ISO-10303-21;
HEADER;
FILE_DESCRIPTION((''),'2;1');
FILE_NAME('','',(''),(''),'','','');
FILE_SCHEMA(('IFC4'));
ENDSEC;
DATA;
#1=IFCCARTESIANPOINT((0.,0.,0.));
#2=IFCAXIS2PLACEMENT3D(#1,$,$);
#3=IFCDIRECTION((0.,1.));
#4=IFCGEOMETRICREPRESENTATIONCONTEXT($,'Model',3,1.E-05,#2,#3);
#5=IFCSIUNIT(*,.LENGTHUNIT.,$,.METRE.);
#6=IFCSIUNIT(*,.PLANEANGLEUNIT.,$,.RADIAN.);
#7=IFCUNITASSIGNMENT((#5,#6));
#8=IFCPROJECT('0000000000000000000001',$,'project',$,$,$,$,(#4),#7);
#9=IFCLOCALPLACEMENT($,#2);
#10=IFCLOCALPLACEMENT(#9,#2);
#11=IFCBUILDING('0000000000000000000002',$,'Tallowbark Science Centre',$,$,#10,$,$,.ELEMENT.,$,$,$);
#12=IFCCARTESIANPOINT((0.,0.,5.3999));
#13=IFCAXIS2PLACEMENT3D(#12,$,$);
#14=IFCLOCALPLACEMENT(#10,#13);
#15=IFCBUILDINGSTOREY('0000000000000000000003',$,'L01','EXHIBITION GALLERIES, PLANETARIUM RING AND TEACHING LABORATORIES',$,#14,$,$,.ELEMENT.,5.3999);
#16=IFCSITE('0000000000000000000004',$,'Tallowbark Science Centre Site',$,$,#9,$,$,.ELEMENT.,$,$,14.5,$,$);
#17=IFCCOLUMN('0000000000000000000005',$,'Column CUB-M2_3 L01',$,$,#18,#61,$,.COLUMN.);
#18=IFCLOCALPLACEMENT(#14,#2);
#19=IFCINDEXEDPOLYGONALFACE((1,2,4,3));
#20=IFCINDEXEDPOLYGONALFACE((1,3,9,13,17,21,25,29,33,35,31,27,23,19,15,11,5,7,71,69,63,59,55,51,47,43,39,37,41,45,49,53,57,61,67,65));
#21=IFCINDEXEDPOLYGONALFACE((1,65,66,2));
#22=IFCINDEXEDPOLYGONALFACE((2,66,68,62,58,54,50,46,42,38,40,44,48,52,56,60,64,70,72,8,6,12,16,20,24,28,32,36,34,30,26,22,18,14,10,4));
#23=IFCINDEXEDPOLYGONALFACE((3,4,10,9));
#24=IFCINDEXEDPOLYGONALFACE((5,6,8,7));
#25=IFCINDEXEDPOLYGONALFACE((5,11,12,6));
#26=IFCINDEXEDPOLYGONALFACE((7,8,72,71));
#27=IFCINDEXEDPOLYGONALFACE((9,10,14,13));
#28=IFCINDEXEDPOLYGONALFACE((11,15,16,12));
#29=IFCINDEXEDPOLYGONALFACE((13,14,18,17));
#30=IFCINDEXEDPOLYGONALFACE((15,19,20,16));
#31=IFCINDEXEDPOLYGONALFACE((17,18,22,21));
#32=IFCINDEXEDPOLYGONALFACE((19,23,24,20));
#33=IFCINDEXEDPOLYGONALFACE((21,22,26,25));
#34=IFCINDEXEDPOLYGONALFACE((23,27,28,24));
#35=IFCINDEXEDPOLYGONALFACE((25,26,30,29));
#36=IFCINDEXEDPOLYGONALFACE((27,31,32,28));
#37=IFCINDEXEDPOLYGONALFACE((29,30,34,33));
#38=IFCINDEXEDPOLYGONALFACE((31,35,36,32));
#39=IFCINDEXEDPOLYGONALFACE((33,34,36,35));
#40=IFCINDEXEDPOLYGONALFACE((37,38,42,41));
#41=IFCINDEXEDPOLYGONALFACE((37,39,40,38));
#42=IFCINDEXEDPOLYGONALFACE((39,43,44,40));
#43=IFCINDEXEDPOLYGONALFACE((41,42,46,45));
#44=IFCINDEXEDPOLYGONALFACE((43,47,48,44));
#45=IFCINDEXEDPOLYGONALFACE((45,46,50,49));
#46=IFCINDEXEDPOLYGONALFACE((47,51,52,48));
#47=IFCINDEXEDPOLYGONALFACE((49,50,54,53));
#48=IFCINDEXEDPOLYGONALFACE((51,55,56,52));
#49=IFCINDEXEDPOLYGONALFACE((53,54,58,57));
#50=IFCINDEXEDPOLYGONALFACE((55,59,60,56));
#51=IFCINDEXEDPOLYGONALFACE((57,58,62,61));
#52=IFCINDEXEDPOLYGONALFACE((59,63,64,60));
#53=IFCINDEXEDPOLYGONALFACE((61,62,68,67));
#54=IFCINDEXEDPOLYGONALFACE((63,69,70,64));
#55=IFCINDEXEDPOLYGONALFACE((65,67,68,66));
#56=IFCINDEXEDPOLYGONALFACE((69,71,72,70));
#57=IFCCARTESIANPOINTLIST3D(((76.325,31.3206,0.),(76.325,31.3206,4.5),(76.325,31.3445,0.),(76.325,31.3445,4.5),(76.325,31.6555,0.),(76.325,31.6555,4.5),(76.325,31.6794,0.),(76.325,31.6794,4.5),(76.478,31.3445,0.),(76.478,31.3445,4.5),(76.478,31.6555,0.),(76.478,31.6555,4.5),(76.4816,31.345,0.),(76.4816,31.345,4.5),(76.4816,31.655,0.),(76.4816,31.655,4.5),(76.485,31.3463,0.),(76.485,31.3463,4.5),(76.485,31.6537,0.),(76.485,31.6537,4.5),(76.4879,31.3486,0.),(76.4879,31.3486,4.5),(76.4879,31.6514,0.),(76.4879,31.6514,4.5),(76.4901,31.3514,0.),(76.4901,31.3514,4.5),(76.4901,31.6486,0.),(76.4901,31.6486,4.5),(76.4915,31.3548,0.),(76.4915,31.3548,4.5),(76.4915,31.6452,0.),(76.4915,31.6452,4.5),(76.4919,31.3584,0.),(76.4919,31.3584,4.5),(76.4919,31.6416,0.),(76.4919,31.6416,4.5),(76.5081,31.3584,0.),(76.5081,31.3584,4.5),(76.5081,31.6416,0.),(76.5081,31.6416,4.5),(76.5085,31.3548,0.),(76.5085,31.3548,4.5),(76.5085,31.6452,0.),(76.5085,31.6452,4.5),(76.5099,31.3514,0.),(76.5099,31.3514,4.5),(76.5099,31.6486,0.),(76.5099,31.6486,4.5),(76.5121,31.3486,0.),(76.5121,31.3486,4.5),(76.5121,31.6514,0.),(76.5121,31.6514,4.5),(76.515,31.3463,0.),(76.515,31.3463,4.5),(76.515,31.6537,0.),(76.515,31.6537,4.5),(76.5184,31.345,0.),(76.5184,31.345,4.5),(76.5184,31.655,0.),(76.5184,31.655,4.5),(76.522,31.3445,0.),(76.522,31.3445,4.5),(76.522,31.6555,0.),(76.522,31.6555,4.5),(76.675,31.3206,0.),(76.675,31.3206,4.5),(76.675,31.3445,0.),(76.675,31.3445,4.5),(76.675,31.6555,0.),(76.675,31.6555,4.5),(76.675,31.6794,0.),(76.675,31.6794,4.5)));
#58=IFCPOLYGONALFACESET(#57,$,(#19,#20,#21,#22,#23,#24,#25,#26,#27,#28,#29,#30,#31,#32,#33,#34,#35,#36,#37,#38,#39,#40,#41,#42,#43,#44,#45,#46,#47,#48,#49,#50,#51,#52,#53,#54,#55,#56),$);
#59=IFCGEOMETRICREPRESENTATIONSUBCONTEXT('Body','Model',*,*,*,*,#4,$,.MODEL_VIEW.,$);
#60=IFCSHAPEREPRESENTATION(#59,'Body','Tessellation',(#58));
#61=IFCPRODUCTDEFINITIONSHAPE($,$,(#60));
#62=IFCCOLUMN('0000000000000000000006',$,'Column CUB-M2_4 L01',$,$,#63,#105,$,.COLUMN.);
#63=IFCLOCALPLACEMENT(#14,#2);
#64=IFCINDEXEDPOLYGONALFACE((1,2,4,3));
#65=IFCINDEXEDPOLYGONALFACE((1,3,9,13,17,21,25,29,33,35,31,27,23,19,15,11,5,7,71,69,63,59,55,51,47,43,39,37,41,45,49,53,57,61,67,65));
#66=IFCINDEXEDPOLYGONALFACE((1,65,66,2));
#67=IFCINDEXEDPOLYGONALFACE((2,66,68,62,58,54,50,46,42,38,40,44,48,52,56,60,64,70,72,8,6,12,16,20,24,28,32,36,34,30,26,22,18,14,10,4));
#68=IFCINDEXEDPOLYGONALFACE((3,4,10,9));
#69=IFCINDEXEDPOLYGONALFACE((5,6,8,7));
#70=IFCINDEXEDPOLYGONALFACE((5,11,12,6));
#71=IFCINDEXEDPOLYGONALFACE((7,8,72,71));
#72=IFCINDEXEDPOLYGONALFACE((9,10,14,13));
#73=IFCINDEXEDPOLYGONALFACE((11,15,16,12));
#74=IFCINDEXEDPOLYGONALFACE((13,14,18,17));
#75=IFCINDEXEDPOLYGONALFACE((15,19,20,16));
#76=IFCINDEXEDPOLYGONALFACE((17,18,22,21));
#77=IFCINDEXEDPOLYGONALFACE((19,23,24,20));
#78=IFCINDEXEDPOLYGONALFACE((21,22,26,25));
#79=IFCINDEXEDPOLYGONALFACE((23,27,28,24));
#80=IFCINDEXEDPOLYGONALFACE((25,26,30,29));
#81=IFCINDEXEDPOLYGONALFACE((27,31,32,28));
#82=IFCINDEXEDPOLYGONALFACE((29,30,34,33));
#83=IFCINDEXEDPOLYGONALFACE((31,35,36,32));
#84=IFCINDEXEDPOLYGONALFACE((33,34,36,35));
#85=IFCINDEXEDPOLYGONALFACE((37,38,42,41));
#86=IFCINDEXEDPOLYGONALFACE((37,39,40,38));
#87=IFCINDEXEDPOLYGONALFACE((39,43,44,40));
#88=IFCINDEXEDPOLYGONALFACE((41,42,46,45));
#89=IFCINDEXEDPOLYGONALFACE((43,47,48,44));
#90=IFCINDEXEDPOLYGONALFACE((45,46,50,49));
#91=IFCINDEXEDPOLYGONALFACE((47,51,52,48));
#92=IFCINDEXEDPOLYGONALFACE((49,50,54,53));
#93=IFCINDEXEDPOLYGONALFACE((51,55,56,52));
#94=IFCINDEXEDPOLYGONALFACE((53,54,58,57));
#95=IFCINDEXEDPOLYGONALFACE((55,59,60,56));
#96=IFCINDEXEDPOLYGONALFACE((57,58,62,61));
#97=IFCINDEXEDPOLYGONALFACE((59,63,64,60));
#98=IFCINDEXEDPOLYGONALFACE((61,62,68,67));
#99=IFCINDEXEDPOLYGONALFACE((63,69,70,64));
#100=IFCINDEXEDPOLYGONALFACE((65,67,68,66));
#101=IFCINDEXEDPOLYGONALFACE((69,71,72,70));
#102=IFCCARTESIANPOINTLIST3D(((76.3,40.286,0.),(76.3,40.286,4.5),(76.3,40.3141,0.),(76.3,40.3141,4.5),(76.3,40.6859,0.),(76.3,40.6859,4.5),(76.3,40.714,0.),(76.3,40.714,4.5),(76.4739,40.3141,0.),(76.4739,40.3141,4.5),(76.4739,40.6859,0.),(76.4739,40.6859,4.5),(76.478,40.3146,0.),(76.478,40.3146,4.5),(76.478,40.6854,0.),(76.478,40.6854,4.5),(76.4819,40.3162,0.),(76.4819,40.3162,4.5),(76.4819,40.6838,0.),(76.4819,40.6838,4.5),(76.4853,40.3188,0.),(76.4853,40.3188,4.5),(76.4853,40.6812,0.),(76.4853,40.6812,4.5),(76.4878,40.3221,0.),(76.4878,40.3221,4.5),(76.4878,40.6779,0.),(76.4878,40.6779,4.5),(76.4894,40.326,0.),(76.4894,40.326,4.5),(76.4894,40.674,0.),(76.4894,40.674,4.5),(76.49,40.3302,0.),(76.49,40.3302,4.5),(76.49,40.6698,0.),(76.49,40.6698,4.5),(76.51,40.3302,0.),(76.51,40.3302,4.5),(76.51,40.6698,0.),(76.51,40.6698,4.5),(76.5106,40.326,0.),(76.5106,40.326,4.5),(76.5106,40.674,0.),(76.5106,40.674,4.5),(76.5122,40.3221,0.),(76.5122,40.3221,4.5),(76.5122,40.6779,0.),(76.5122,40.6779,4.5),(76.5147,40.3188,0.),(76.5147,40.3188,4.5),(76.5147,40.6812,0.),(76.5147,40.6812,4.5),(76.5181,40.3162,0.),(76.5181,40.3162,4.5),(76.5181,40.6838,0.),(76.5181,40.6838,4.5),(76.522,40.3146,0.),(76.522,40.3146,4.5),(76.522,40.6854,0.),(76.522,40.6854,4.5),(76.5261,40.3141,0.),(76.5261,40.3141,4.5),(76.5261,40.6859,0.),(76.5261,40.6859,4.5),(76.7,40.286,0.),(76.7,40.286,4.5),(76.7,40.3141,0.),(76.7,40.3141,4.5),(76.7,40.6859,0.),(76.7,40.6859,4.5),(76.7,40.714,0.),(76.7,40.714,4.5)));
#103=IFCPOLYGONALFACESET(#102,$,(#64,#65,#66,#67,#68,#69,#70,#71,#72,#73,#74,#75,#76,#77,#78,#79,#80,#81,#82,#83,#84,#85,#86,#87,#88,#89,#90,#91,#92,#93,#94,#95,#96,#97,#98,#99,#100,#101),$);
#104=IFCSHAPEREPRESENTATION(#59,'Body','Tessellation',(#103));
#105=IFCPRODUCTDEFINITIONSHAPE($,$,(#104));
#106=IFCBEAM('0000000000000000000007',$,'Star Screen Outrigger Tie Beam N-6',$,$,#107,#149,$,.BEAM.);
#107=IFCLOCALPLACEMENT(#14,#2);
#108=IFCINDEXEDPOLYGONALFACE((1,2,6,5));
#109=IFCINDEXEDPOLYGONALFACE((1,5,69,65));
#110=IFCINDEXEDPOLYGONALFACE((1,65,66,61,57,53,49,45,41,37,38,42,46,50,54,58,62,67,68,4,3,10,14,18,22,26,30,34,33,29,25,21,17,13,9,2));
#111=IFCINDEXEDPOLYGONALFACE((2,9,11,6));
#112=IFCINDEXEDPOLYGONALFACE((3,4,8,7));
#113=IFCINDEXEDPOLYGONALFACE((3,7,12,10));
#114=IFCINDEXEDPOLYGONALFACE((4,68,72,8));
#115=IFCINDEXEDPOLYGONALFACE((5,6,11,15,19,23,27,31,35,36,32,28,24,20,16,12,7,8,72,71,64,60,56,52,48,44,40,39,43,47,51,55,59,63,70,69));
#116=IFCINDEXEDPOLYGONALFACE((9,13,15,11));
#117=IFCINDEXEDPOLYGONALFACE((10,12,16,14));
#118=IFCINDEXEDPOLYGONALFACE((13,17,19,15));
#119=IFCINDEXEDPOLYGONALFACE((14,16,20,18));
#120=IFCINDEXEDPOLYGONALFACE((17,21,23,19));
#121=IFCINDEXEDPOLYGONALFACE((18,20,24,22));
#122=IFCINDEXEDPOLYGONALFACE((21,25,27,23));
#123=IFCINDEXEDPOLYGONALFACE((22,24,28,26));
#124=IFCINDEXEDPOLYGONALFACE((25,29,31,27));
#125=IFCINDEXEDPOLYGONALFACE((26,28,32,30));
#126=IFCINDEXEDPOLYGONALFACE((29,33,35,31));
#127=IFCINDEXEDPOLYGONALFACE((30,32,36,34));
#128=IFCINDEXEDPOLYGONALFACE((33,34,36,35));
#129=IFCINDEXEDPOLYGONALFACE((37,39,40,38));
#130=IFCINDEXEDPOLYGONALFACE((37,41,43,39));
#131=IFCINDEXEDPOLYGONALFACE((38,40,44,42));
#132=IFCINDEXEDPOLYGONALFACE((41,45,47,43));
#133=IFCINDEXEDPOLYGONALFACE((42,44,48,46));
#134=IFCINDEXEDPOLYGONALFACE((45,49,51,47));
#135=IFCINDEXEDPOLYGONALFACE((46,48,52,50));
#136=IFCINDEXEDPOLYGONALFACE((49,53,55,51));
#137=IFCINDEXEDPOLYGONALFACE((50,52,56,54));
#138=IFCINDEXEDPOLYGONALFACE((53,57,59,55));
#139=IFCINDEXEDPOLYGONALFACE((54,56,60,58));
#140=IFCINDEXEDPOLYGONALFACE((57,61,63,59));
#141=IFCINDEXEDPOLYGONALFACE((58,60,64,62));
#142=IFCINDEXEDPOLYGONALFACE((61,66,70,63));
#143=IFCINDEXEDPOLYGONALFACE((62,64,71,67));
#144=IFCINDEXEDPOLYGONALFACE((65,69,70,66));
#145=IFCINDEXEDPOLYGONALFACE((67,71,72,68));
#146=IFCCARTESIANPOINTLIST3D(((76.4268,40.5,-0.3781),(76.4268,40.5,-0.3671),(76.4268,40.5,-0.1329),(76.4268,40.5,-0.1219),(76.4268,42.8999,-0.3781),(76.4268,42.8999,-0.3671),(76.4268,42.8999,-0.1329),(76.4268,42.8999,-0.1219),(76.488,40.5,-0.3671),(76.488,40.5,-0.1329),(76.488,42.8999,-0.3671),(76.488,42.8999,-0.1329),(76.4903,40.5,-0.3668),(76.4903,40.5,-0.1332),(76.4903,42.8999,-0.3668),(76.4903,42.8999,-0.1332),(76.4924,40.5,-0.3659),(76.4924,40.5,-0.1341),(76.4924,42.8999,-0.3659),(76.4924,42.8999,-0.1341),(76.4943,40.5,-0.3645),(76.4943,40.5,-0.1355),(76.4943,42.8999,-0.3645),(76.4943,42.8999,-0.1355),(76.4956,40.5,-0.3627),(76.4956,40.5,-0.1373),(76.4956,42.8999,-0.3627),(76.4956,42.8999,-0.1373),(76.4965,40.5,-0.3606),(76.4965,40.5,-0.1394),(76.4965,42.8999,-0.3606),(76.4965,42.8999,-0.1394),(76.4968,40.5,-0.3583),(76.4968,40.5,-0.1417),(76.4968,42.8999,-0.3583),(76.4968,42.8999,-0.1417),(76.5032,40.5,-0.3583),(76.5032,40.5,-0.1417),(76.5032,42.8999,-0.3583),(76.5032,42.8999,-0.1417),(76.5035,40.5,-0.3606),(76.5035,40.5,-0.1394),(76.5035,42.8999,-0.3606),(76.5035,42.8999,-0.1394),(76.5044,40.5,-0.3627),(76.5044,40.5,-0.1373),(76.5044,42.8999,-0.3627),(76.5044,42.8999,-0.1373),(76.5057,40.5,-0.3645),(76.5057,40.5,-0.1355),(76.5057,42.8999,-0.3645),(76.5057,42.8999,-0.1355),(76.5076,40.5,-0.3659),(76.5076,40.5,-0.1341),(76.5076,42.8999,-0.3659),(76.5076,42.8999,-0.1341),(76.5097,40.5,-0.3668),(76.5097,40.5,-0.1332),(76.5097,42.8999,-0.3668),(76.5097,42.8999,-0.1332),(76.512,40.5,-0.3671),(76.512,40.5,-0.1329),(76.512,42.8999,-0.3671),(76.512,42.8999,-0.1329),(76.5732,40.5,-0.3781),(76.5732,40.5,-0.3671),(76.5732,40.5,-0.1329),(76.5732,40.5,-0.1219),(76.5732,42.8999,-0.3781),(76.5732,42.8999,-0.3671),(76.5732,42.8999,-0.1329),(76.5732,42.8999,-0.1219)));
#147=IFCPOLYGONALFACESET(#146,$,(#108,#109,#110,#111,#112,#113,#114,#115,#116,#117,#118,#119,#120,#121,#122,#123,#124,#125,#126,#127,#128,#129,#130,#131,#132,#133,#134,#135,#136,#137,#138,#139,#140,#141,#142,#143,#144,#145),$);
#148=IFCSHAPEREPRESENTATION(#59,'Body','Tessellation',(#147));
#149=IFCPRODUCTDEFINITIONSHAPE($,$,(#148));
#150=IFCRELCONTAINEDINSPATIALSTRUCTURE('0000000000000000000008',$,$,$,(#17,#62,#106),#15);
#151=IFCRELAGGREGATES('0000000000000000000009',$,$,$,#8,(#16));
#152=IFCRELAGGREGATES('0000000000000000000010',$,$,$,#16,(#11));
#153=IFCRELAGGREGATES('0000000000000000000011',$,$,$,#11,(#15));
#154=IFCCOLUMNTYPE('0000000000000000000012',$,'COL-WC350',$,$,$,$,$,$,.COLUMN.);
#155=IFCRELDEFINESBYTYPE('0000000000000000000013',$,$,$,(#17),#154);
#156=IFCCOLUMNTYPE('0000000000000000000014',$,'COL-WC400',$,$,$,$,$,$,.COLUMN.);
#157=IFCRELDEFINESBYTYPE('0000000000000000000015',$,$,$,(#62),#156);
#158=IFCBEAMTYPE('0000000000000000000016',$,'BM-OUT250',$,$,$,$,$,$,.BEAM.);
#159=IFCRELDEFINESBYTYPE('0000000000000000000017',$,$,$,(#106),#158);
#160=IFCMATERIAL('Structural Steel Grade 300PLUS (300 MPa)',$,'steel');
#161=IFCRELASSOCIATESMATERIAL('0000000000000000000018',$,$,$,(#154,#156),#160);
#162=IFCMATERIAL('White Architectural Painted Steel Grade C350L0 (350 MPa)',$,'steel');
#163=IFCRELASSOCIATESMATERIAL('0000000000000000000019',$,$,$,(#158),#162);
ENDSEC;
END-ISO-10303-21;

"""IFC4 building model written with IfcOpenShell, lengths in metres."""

from ifc_helpers import new_model, si_unit, direction, frame, origin, origin_2d, place, context, subcontext, project, spatial, i_section, extrude, material, material_profile, profile_set, type_object, element, save


model = new_model("IFC4")

# Units and contexts
model_context = context("Model", 3, precision=1e-05, world=origin(), true_north=direction((0.0, 1.0)))
body_context = subcontext(model_context, "Body", "Model", "MODEL_VIEW")
ifc_project = project(units=[si_unit("LENGTHUNIT", "METRE"), si_unit("PLANEANGLEUNIT", "RADIAN")], contexts=[model_context])

# Site, building, storey
site_placement = place(None, origin())
site = spatial("IfcSite", under=ifc_project, at=site_placement, Name="Tallowbark Science Centre Site", CompositionType="ELEMENT", RefElevation=14.5)
building_placement = place(site_placement, origin())
building = spatial("IfcBuilding", under=site, at=building_placement, Name="Tallowbark Science Centre", CompositionType="ELEMENT")
storey_placement = place(building_placement, frame((0.0, 0.0, 5.3999)))
storey = spatial("IfcBuildingStorey", under=building, at=storey_placement, Name="L01", Description="EXHIBITION GALLERIES, PLANETARIUM RING AND TEACHING LABORATORIES", CompositionType="ELEMENT", Elevation=5.3999)

# Columns
ifc_material_1 = material(Name="Structural Steel Grade 300PLUS (300 MPa)", Category="steel")
ifc_material_profile_1 = material_profile(ifc_material_1, i_section(OverallWidth=0.3501, OverallDepth=0.3589, WebThickness=0.0161, FlangeThickness=0.0239, FilletRadius=0.0139, at=origin_2d()), Name="350WC197")
ifc_profile_set_1 = profile_set([ifc_material_profile_1], Name="Structural Steel Grade 300PLUS (300 MPa)")
column_type_1 = type_object("IfcColumnType", Name="COL-WC350", PredefinedType="COLUMN", material=ifc_profile_set_1)
column_1_placement = place(storey_placement, frame((76.5, 31.5, 0.0), z_axis=(0.0, 0.0, 1.0), x_axis=(1.0, 0.0, 0.0)))
element("IfcColumn", 1, at=column_1_placement, inside=storey, type_object=column_type_1, Name="Column CUB-M2_3 L01", PredefinedType="COLUMN", context=body_context, shape_type="SweptSolid", body=[
    extrude(i_section(OverallWidth=0.3501, OverallDepth=0.3589, WebThickness=0.0161, FlangeThickness=0.0239, FilletRadius=0.0139, at=origin_2d()), origin(), (0.0, 0.0, 1.0), 4.5),
])
ifc_material_profile_2 = material_profile(ifc_material_1, i_section(OverallWidth=0.3999, OverallDepth=0.428, WebThickness=0.02, FlangeThickness=0.0281, FilletRadius=0.0161, at=origin_2d()), Name="400WC270")
ifc_profile_set_2 = profile_set([ifc_material_profile_2], Name="Structural Steel Grade 300PLUS (300 MPa)")
column_type_2 = type_object("IfcColumnType", Name="COL-WC400", PredefinedType="COLUMN", material=ifc_profile_set_2)
column_2_placement = place(storey_placement, frame((76.5, 40.5, 0.0), z_axis=(0.0, 0.0, 1.0), x_axis=(1.0, 0.0, 0.0)))
element("IfcColumn", 2, at=column_2_placement, inside=storey, type_object=column_type_2, Name="Column CUB-M2_4 L01", PredefinedType="COLUMN", context=body_context, shape_type="SweptSolid", body=[
    extrude(i_section(OverallWidth=0.3999, OverallDepth=0.428, WebThickness=0.02, FlangeThickness=0.0281, FilletRadius=0.0161, at=origin_2d()), origin(), (0.0, 0.0, 1.0), 4.5),
])

# Beam
ifc_material_2 = material(Name="White Architectural Painted Steel Grade C350L0 (350 MPa)", Category="steel")
ifc_material_profile_3 = material_profile(ifc_material_2, i_section(OverallWidth=0.1465, OverallDepth=0.2561, WebThickness=0.0063, FlangeThickness=0.011, FilletRadius=0.0088, at=origin_2d()), Name="250UB37.3")
ifc_profile_set_3 = profile_set([ifc_material_profile_3], Name="White Architectural Painted Steel Grade C350L0 (350 MPa)")
beam_type_1 = type_object("IfcBeamType", Name="BM-OUT250", PredefinedType="BEAM", material=ifc_profile_set_3)
beam_1_placement = place(storey_placement, frame((76.5, 40.5, -0.25), z_axis=(0.0, 1.0, 0.0), x_axis=(-1.0, 0.0, 0.0)))
element("IfcBeam", 3, at=beam_1_placement, inside=storey, type_object=beam_type_1, Name="Star Screen Outrigger Tie Beam N-6", PredefinedType="BEAM", context=body_context, shape_type="SweptSolid", body=[
    extrude(i_section(OverallWidth=0.1465, OverallDepth=0.2561, WebThickness=0.0063, FlangeThickness=0.011, FilletRadius=0.0088, at=origin_2d()), origin(), (0.0, 0.0, 1.0), 2.3999),
])

save(model, "model.ifc")
